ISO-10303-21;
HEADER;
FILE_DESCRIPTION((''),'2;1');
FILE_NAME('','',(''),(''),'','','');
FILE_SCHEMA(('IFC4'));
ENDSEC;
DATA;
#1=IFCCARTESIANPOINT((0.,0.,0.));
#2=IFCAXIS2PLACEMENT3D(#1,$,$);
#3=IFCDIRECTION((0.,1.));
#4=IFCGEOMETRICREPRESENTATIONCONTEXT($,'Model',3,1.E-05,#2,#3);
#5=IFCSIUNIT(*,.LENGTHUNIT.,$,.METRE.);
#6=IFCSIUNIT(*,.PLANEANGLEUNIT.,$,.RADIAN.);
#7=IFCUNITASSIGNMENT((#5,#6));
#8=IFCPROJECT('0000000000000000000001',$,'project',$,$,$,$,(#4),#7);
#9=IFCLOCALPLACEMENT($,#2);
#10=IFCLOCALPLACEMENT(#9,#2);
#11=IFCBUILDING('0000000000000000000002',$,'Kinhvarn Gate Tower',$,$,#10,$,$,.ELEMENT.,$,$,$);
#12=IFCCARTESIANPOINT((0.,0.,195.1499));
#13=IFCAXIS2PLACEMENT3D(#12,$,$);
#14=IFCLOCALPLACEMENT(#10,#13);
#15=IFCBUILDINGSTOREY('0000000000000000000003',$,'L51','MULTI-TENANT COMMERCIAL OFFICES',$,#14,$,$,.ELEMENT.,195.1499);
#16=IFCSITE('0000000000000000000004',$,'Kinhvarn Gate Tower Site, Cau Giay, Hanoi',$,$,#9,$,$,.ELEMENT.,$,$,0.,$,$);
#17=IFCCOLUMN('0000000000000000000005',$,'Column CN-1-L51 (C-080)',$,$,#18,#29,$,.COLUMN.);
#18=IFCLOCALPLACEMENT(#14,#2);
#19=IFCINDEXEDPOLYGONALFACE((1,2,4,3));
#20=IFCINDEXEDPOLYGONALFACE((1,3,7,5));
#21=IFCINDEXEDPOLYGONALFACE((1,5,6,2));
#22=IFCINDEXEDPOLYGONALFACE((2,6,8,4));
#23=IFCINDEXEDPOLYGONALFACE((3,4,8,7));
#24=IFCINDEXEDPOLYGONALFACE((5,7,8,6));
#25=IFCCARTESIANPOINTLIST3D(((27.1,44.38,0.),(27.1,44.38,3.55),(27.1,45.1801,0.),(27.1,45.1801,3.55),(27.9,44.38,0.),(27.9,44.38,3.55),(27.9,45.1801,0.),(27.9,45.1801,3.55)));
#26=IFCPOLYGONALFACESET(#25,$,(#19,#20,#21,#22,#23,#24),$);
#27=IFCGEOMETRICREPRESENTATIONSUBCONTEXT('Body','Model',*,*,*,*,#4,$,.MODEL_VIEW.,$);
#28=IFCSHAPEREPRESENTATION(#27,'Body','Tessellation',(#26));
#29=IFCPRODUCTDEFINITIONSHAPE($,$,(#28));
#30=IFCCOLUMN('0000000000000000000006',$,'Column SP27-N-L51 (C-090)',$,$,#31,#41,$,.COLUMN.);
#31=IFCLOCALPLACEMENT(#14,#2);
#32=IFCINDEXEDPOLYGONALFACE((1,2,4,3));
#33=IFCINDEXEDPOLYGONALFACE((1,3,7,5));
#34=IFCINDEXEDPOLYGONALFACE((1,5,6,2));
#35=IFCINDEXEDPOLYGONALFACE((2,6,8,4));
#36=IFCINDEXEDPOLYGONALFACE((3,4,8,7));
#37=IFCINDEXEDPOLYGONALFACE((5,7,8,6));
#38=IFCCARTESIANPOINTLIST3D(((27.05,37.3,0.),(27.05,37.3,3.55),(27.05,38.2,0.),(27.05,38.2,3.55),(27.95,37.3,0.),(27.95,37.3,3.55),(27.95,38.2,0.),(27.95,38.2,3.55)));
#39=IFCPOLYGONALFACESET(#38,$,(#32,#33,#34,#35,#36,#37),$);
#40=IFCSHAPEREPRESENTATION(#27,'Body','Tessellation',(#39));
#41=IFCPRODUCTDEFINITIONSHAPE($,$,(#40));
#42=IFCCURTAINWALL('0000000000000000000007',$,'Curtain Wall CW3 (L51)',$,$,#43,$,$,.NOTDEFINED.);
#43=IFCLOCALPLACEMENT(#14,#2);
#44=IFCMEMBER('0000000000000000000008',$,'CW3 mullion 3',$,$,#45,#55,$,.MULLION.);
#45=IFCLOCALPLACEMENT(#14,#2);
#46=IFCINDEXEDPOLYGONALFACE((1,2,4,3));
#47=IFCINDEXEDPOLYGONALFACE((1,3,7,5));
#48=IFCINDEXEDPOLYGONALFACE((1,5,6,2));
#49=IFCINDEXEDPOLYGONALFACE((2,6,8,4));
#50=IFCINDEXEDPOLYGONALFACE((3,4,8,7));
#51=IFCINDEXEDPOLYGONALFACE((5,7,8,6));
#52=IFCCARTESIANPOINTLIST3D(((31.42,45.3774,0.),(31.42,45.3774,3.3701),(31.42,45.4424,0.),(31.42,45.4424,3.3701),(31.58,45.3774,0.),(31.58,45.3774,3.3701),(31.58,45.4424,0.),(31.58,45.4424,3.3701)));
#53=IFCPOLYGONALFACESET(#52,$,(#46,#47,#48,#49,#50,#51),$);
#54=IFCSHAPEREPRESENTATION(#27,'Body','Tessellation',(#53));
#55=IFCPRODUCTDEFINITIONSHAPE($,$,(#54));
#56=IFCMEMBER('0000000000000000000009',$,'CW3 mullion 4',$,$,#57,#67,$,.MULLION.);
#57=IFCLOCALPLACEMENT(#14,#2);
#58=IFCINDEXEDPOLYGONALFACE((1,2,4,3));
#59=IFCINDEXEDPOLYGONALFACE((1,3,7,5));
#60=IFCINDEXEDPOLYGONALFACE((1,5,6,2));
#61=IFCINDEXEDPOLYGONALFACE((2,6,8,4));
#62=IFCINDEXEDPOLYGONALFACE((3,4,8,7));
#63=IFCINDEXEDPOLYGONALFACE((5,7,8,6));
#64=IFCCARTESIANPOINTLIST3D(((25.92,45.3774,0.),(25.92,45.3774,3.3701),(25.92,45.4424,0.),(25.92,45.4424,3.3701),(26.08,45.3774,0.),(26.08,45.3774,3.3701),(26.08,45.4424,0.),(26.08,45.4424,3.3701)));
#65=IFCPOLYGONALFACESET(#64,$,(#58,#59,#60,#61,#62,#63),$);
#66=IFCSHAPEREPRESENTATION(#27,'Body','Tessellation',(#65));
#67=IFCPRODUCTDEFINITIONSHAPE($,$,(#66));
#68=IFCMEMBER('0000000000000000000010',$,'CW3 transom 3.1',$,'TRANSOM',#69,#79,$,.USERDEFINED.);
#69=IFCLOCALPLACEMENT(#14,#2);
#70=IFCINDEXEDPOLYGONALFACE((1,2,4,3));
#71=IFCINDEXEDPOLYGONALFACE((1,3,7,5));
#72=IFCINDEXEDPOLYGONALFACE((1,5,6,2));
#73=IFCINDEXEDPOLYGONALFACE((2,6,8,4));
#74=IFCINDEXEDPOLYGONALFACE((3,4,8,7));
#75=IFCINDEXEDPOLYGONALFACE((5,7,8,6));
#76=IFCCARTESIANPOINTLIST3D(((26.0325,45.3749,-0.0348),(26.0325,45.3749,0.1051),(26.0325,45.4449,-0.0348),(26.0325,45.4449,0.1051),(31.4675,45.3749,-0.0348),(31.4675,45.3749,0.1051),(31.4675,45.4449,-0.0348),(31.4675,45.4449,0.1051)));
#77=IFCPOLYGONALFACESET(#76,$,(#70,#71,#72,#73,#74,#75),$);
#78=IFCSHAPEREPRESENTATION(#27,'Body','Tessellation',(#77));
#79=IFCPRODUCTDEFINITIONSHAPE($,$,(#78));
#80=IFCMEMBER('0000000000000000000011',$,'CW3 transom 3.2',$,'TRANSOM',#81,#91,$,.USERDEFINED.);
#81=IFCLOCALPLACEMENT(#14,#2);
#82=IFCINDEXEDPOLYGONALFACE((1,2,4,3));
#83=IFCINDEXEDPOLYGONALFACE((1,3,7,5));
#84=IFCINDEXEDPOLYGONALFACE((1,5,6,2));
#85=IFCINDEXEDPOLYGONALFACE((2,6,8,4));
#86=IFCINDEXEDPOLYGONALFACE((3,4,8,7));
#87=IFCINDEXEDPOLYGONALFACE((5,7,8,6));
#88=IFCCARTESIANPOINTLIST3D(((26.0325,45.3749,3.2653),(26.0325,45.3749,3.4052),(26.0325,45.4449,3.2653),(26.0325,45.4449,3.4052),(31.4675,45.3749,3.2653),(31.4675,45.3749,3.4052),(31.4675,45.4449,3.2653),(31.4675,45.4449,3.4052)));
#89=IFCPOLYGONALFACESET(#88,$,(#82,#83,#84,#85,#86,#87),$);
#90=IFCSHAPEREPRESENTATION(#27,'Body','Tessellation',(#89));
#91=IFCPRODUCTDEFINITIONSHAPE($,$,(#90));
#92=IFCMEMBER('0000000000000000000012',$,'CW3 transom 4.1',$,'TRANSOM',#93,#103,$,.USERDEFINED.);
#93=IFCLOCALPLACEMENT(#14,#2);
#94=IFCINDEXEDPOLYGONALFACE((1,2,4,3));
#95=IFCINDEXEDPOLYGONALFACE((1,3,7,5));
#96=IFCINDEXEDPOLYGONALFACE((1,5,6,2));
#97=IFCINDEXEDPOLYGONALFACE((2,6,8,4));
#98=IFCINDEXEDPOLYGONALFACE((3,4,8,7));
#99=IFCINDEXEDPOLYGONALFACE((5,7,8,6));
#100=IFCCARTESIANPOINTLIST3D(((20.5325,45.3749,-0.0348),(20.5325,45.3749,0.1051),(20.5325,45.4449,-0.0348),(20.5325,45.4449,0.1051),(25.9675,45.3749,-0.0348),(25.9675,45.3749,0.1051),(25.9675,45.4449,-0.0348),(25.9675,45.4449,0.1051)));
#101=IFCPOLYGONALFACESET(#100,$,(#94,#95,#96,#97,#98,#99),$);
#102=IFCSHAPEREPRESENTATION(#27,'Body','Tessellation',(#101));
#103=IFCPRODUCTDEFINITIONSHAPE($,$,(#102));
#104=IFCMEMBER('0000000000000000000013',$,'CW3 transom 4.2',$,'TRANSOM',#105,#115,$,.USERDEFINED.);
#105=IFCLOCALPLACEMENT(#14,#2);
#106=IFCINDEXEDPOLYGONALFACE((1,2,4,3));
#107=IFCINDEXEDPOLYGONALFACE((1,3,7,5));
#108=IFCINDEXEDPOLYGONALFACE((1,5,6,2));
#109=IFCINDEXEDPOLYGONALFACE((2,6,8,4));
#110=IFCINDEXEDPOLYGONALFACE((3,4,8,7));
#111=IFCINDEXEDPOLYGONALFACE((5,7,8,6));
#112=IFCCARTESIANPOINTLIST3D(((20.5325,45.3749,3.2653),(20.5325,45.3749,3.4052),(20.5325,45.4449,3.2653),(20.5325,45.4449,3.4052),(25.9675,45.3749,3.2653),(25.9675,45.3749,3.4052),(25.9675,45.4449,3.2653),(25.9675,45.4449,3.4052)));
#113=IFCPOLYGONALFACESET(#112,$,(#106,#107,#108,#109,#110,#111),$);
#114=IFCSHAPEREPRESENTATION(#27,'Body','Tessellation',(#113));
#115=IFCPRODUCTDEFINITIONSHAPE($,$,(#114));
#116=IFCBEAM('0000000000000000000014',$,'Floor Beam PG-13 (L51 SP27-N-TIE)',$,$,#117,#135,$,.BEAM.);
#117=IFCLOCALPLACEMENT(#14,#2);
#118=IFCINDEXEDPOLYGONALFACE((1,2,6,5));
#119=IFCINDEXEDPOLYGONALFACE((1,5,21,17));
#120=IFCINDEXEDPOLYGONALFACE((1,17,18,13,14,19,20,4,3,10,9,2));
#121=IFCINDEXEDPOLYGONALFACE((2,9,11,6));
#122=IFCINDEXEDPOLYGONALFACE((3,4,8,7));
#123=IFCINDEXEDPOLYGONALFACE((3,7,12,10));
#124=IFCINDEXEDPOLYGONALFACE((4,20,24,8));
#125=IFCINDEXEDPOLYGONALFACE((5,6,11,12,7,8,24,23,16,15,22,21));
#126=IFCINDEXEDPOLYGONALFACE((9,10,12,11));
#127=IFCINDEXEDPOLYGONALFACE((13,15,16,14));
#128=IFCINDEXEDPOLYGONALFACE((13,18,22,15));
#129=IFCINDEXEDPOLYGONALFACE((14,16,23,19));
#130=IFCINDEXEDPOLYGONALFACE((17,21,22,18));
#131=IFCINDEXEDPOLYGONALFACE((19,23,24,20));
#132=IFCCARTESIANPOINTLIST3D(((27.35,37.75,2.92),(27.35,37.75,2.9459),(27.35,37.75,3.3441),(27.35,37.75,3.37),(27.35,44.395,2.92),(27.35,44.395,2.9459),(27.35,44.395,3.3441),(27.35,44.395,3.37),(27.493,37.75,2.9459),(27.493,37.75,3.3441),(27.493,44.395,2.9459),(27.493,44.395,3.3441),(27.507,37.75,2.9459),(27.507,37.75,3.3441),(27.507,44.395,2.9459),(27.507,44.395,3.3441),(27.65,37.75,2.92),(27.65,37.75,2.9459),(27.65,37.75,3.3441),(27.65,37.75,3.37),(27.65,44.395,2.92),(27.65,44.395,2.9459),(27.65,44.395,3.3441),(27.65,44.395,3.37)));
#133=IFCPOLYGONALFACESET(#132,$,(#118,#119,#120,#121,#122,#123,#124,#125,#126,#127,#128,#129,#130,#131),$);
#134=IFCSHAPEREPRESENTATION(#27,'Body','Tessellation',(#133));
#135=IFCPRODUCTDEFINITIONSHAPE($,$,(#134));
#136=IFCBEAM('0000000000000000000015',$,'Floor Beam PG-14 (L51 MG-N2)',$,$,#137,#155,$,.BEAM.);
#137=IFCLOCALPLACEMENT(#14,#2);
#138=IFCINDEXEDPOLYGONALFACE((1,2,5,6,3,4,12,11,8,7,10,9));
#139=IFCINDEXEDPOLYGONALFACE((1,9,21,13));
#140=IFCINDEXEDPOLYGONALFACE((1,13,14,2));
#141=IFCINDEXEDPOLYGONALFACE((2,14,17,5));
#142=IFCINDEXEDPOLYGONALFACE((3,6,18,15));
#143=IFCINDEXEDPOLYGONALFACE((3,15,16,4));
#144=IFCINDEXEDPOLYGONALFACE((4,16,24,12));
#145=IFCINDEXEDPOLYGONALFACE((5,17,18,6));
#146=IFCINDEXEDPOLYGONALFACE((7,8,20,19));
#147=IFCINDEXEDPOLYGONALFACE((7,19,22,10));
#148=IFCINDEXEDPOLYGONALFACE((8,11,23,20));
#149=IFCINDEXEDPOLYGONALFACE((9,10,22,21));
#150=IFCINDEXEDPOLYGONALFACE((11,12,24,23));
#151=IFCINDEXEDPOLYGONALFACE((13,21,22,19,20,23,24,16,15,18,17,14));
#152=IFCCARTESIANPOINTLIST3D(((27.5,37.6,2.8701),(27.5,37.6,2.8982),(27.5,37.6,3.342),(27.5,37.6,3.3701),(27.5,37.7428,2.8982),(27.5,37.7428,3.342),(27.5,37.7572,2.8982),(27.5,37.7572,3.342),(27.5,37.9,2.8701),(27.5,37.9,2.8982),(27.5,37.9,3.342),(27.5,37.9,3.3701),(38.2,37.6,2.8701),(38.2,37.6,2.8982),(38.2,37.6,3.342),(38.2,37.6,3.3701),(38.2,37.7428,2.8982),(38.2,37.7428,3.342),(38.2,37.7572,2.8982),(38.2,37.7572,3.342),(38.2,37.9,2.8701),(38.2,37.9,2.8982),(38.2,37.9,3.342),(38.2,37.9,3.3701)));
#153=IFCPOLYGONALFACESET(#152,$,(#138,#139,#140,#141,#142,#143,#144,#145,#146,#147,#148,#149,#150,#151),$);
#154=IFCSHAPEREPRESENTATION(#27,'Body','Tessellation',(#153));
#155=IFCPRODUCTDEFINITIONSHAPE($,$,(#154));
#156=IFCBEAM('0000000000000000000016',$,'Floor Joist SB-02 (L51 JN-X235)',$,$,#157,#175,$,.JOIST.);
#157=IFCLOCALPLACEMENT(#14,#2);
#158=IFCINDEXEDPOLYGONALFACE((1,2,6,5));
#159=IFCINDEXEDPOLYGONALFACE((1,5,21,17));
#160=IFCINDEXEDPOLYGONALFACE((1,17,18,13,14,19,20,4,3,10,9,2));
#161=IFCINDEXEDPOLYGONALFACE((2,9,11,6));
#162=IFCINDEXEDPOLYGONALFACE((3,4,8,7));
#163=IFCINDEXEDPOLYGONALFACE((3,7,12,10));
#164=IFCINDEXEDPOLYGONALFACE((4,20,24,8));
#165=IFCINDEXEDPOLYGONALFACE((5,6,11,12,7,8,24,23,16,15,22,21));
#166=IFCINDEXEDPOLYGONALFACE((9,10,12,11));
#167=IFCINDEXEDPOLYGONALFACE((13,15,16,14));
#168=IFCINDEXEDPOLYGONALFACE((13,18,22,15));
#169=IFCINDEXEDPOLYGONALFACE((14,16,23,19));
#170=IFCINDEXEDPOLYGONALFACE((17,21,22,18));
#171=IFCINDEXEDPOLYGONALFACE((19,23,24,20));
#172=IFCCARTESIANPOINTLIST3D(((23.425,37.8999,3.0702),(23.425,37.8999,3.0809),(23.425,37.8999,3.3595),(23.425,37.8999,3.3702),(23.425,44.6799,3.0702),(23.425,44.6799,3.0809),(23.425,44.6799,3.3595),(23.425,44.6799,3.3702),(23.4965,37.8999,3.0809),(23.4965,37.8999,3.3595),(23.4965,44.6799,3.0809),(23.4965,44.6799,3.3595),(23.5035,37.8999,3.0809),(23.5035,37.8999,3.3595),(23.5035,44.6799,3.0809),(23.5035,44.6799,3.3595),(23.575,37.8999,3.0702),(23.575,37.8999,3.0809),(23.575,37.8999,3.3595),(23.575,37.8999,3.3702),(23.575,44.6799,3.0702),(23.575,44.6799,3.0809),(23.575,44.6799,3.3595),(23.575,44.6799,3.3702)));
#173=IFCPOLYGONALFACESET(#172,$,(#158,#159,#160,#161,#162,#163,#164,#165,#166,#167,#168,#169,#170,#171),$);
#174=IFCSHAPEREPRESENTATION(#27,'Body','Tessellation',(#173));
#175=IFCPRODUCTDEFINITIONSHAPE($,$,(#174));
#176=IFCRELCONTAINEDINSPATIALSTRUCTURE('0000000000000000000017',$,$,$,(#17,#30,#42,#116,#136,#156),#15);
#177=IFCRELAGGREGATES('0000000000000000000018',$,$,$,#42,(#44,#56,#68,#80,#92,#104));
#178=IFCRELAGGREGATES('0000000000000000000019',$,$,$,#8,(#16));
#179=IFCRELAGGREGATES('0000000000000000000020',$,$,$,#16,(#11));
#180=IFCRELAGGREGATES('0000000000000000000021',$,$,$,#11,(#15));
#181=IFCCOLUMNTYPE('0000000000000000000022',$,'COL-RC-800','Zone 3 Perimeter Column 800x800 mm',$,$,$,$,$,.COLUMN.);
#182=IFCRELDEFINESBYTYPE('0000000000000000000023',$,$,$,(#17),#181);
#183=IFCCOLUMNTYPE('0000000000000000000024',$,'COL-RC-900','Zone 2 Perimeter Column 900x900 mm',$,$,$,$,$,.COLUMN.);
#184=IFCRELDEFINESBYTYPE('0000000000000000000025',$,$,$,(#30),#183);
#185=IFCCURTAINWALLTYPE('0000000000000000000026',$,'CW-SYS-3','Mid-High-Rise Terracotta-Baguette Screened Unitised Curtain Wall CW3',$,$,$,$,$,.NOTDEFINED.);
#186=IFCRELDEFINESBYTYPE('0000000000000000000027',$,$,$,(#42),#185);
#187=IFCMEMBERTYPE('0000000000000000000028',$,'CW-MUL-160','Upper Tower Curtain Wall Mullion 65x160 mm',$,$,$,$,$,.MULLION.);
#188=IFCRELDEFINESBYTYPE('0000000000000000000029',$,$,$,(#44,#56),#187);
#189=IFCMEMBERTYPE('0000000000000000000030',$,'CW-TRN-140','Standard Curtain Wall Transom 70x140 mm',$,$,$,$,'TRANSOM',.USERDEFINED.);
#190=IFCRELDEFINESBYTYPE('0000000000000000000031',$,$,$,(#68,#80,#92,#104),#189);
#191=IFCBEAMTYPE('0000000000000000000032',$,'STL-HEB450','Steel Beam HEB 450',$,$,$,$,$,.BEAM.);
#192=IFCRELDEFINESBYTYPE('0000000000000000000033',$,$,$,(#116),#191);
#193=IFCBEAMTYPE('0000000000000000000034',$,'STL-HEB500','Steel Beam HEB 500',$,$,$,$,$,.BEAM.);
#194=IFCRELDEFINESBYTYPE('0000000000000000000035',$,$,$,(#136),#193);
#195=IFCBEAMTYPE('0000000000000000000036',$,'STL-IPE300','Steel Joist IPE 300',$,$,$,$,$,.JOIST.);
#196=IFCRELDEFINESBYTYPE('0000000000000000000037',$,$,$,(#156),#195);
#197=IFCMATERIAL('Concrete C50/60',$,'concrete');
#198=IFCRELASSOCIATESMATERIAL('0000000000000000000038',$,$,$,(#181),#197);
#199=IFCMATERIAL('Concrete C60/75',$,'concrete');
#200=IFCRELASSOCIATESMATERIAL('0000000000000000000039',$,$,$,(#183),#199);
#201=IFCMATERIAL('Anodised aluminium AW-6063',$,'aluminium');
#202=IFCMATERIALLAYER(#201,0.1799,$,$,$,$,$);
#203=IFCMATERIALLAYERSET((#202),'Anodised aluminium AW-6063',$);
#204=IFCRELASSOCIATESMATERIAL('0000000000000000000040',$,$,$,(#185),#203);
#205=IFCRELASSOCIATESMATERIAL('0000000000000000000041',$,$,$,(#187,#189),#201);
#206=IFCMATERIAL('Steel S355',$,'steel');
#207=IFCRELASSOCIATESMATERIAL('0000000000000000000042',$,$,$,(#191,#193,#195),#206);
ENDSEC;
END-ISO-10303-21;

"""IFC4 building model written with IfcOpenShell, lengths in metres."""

from ifc_helpers import new_model, si_unit, direction, frame, origin, origin_2d, place, context, subcontext, project, spatial, rectangle, i_section, extrude, material, layer, layer_set, material_profile, profile_set, type_object, element, aggregate, save


model = new_model("IFC4")

# Units and contexts
model_context = context("Model", 3, precision=1e-05, world=origin(), true_north=direction((0.0, 1.0)))
body_context = subcontext(model_context, "Body", "Model", "MODEL_VIEW")
ifc_project = project(units=[si_unit("LENGTHUNIT", "METRE"), si_unit("PLANEANGLEUNIT", "RADIAN")], contexts=[model_context])

# Site, building, storey
site_placement = place(None, origin())
site = spatial("IfcSite", under=ifc_project, at=site_placement, Name="Kinhvarn Gate Tower Site, Cau Giay, Hanoi", CompositionType="ELEMENT", RefElevation=0.0)
building_placement = place(site_placement, origin())
building = spatial("IfcBuilding", under=site, at=building_placement, Name="Kinhvarn Gate Tower", CompositionType="ELEMENT")
storey_placement = place(building_placement, frame((0.0, 0.0, 195.1499)))
storey = spatial("IfcBuildingStorey", under=building, at=storey_placement, Name="L51", Description="MULTI-TENANT COMMERCIAL OFFICES", CompositionType="ELEMENT", Elevation=195.1499)

# Columns
ifc_material_1 = material(Name="Concrete C50/60", Category="concrete")
ifc_material_profile_1 = material_profile(ifc_material_1, rectangle(XDim=0.8, YDim=0.8, at=origin_2d()), Name="RC 800x800")
ifc_profile_set_1 = profile_set([ifc_material_profile_1], Name="Concrete C50/60")
column_type_1 = type_object("IfcColumnType", Name="COL-RC-800", Description="Zone 3 Perimeter Column 800x800 mm", PredefinedType="COLUMN", material=ifc_profile_set_1)
column_1_placement = place(storey_placement, frame((27.5, 44.78, 0.0), z_axis=(0.0, 0.0, 1.0), x_axis=(1.0, 0.0, 0.0)))
element("IfcColumn", 1, at=column_1_placement, inside=storey, type_object=column_type_1, Name="Column CN-1-L51 (C-080)", PredefinedType="COLUMN", context=body_context, shape_type="SweptSolid", body=[
    extrude(rectangle(XDim=0.8, YDim=0.8, at=origin_2d()), origin(), (0.0, 0.0, 1.0), 3.55),
])
ifc_material_2 = material(Name="Concrete C60/75", Category="concrete")
ifc_material_profile_2 = material_profile(ifc_material_2, rectangle(XDim=0.8999, YDim=0.8999, at=origin_2d()), Name="RC 900x900")
ifc_profile_set_2 = profile_set([ifc_material_profile_2], Name="Concrete C60/75")
column_type_2 = type_object("IfcColumnType", Name="COL-RC-900", Description="Zone 2 Perimeter Column 900x900 mm", PredefinedType="COLUMN", material=ifc_profile_set_2)
column_2_placement = place(storey_placement, frame((27.5, 37.75, 0.0), z_axis=(0.0, 0.0, 1.0), x_axis=(1.0, 0.0, 0.0)))
element("IfcColumn", 2, at=column_2_placement, inside=storey, type_object=column_type_2, Name="Column SP27-N-L51 (C-090)", PredefinedType="COLUMN", context=body_context, shape_type="SweptSolid", body=[
    extrude(rectangle(XDim=0.8999, YDim=0.8999, at=origin_2d()), origin(), (0.0, 0.0, 1.0), 3.55),
])

# Curtain wall, members
ifc_material_3 = material(Name="Anodised aluminium AW-6063", Category="aluminium")
ifc_layer_1 = layer(ifc_material_3, 0.1799)
ifc_layer_set_1 = layer_set([ifc_layer_1], Name="Anodised aluminium AW-6063")
curtain_wall_type = type_object("IfcCurtainWallType", Name="CW-SYS-3", Description="Mid-High-Rise Terracotta-Baguette Screened Unitised Curtain Wall CW3", PredefinedType="NOTDEFINED", material=ifc_layer_set_1)
curtain_wall_placement = place(storey_placement, origin())
curtain_wall = element("IfcCurtainWall", 3, at=curtain_wall_placement, inside=storey, type_object=curtain_wall_type, Name="Curtain Wall CW3 (L51)", PredefinedType="NOTDEFINED")
ifc_material_profile_3 = material_profile(ifc_material_3, rectangle(XDim=0.0649, YDim=0.1599, at=origin_2d()), Name="ALU 65x160")
ifc_profile_set_3 = profile_set([ifc_material_profile_3], Name="Anodised aluminium AW-6063")
member_type_1 = type_object("IfcMemberType", Name="CW-MUL-160", Description="Upper Tower Curtain Wall Mullion 65x160 mm", PredefinedType="MULLION", material=ifc_profile_set_3)
member_1_placement = place(storey_placement, frame((31.5, 45.4099, 0.0), z_axis=(0.0, 0.0, 1.0), x_axis=(0.0, -1.0, 0.0)))
member_1 = element("IfcMember", 4, at=member_1_placement, type_object=member_type_1, Name="CW3 mullion 3", PredefinedType="MULLION", context=body_context, shape_type="SweptSolid", body=[
    extrude(rectangle(XDim=0.0649, YDim=0.1599, at=origin_2d()), origin(), (0.0, 0.0, 1.0), 3.3701),
])
member_2_placement = place(storey_placement, frame((26.0, 45.4099, 0.0), z_axis=(0.0, 0.0, 1.0), x_axis=(0.0, -1.0, 0.0)))
member_2 = element("IfcMember", 5, at=member_2_placement, type_object=member_type_1, Name="CW3 mullion 4", PredefinedType="MULLION", context=body_context, shape_type="SweptSolid", body=[
    extrude(rectangle(XDim=0.0649, YDim=0.1599, at=origin_2d()), origin(), (0.0, 0.0, 1.0), 3.3701),
])
ifc_material_profile_4 = material_profile(ifc_material_3, rectangle(XDim=0.0701, YDim=0.1399, at=origin_2d()), Name="ALU 70x140")
ifc_profile_set_4 = profile_set([ifc_material_profile_4], Name="Anodised aluminium AW-6063")
member_type_2 = type_object("IfcMemberType", Name="CW-TRN-140", Description="Standard Curtain Wall Transom 70x140 mm", ElementType="TRANSOM", PredefinedType="USERDEFINED", material=ifc_profile_set_4)
member_3_placement = place(storey_placement, frame((31.4675, 45.4099, 0.0352), z_axis=(-1.0, 0.0, 0.0), x_axis=(0.0, -1.0, 0.0)))
member_3 = element("IfcMember", 6, at=member_3_placement, type_object=member_type_2, Name="CW3 transom 3.1", ObjectType="TRANSOM", PredefinedType="USERDEFINED", context=body_context, shape_type="SweptSolid", body=[
    extrude(rectangle(XDim=0.0701, YDim=0.1399, at=origin_2d()), origin(), (0.0, 0.0, 1.0), 5.4351),
])
member_4_placement = place(storey_placement, frame((31.4675, 45.4099, 3.3352), z_axis=(-1.0, 0.0, 0.0), x_axis=(0.0, -1.0, 0.0)))
member_4 = element("IfcMember", 7, at=member_4_placement, type_object=member_type_2, Name="CW3 transom 3.2", ObjectType="TRANSOM", PredefinedType="USERDEFINED", context=body_context, shape_type="SweptSolid", body=[
    extrude(rectangle(XDim=0.0701, YDim=0.1399, at=origin_2d()), origin(), (0.0, 0.0, 1.0), 5.4351),
])
member_5_placement = place(storey_placement, frame((25.9675, 45.4099, 0.0352), z_axis=(-1.0, 0.0, 0.0), x_axis=(0.0, -1.0, 0.0)))
member_5 = element("IfcMember", 8, at=member_5_placement, type_object=member_type_2, Name="CW3 transom 4.1", ObjectType="TRANSOM", PredefinedType="USERDEFINED", context=body_context, shape_type="SweptSolid", body=[
    extrude(rectangle(XDim=0.0701, YDim=0.1399, at=origin_2d()), origin(), (0.0, 0.0, 1.0), 5.4351),
])
member_6_placement = place(storey_placement, frame((25.9675, 45.4099, 3.3352), z_axis=(-1.0, 0.0, 0.0), x_axis=(0.0, -1.0, 0.0)))
member_6 = element("IfcMember", 9, at=member_6_placement, type_object=member_type_2, Name="CW3 transom 4.2", ObjectType="TRANSOM", PredefinedType="USERDEFINED", context=body_context, shape_type="SweptSolid", body=[
    extrude(rectangle(XDim=0.0701, YDim=0.1399, at=origin_2d()), origin(), (0.0, 0.0, 1.0), 5.4351),
])

# Beams
ifc_material_4 = material(Name="Steel S355", Category="steel")
ifc_material_profile_5 = material_profile(ifc_material_4, i_section(OverallWidth=0.3, OverallDepth=0.45, WebThickness=0.0139, FlangeThickness=0.0259, at=origin_2d()), Name="HEB 450")
ifc_profile_set_5 = profile_set([ifc_material_profile_5], Name="Steel S355")
beam_type_1 = type_object("IfcBeamType", Name="STL-HEB450", Description="Steel Beam HEB 450", PredefinedType="BEAM", material=ifc_profile_set_5)
beam_1_placement = place(storey_placement, frame((27.5, 37.75, 3.145), z_axis=(0.0, 1.0, 0.0), x_axis=(-1.0, 0.0, 0.0)))
element("IfcBeam", 10, at=beam_1_placement, inside=storey, type_object=beam_type_1, Name="Floor Beam PG-13 (L51 SP27-N-TIE)", PredefinedType="BEAM", context=body_context, shape_type="SweptSolid", body=[
    extrude(i_section(OverallWidth=0.3, OverallDepth=0.45, WebThickness=0.0139, FlangeThickness=0.0259, at=origin_2d()), origin(), (0.0, 0.0, 1.0), 6.645),
])
ifc_material_profile_6 = material_profile(ifc_material_4, i_section(OverallWidth=0.3, OverallDepth=0.5, WebThickness=0.0144, FlangeThickness=0.0281, at=origin_2d()), Name="HEB 500")
ifc_profile_set_6 = profile_set([ifc_material_profile_6], Name="Steel S355")
beam_type_2 = type_object("IfcBeamType", Name="STL-HEB500", Description="Steel Beam HEB 500", PredefinedType="BEAM", material=ifc_profile_set_6)
beam_2_placement = place(storey_placement, frame((27.5, 37.75, 3.1201), z_axis=(1.0, 0.0, 0.0), x_axis=(0.0, 1.0, 0.0)))
element("IfcBeam", 11, at=beam_2_placement, inside=storey, type_object=beam_type_2, Name="Floor Beam PG-14 (L51 MG-N2)", PredefinedType="BEAM", context=body_context, shape_type="SweptSolid", body=[
    extrude(i_section(OverallWidth=0.3, OverallDepth=0.5, WebThickness=0.0144, FlangeThickness=0.0281, at=origin_2d()), origin(), (0.0, 0.0, 1.0), 10.7),
])
ifc_material_profile_7 = material_profile(ifc_material_4, i_section(OverallWidth=0.1499, OverallDepth=0.3, WebThickness=0.0071, FlangeThickness=0.0107, at=origin_2d()), Name="IPE 300")
ifc_profile_set_7 = profile_set([ifc_material_profile_7], Name="Steel S355")
beam_type_3 = type_object("IfcBeamType", Name="STL-IPE300", Description="Steel Joist IPE 300", PredefinedType="JOIST", material=ifc_profile_set_7)
for number, where, z_axis, x_axis, name in (
    (12, (23.5, 37.8999, 3.2202), (0.0, 1.0, 0.0), (-1.0, 0.0, 0.0), "Floor Joist SB-02 (L51 JN-X235)"),
):
    element("IfcBeam", number, at=place(storey_placement, frame(where, z_axis=z_axis, x_axis=x_axis)), inside=storey, type_object=beam_type_3, Name=name, PredefinedType="JOIST", context=body_context, shape_type="SweptSolid", body=[
        extrude(i_section(OverallWidth=0.1499, OverallDepth=0.3, WebThickness=0.0071, FlangeThickness=0.0107, at=origin_2d()), origin(), (0.0, 0.0, 1.0), 6.78),
    ])

aggregate(curtain_wall, [member_1, member_2, member_3, member_4, member_5, member_6])

save(model, "model.ifc")
